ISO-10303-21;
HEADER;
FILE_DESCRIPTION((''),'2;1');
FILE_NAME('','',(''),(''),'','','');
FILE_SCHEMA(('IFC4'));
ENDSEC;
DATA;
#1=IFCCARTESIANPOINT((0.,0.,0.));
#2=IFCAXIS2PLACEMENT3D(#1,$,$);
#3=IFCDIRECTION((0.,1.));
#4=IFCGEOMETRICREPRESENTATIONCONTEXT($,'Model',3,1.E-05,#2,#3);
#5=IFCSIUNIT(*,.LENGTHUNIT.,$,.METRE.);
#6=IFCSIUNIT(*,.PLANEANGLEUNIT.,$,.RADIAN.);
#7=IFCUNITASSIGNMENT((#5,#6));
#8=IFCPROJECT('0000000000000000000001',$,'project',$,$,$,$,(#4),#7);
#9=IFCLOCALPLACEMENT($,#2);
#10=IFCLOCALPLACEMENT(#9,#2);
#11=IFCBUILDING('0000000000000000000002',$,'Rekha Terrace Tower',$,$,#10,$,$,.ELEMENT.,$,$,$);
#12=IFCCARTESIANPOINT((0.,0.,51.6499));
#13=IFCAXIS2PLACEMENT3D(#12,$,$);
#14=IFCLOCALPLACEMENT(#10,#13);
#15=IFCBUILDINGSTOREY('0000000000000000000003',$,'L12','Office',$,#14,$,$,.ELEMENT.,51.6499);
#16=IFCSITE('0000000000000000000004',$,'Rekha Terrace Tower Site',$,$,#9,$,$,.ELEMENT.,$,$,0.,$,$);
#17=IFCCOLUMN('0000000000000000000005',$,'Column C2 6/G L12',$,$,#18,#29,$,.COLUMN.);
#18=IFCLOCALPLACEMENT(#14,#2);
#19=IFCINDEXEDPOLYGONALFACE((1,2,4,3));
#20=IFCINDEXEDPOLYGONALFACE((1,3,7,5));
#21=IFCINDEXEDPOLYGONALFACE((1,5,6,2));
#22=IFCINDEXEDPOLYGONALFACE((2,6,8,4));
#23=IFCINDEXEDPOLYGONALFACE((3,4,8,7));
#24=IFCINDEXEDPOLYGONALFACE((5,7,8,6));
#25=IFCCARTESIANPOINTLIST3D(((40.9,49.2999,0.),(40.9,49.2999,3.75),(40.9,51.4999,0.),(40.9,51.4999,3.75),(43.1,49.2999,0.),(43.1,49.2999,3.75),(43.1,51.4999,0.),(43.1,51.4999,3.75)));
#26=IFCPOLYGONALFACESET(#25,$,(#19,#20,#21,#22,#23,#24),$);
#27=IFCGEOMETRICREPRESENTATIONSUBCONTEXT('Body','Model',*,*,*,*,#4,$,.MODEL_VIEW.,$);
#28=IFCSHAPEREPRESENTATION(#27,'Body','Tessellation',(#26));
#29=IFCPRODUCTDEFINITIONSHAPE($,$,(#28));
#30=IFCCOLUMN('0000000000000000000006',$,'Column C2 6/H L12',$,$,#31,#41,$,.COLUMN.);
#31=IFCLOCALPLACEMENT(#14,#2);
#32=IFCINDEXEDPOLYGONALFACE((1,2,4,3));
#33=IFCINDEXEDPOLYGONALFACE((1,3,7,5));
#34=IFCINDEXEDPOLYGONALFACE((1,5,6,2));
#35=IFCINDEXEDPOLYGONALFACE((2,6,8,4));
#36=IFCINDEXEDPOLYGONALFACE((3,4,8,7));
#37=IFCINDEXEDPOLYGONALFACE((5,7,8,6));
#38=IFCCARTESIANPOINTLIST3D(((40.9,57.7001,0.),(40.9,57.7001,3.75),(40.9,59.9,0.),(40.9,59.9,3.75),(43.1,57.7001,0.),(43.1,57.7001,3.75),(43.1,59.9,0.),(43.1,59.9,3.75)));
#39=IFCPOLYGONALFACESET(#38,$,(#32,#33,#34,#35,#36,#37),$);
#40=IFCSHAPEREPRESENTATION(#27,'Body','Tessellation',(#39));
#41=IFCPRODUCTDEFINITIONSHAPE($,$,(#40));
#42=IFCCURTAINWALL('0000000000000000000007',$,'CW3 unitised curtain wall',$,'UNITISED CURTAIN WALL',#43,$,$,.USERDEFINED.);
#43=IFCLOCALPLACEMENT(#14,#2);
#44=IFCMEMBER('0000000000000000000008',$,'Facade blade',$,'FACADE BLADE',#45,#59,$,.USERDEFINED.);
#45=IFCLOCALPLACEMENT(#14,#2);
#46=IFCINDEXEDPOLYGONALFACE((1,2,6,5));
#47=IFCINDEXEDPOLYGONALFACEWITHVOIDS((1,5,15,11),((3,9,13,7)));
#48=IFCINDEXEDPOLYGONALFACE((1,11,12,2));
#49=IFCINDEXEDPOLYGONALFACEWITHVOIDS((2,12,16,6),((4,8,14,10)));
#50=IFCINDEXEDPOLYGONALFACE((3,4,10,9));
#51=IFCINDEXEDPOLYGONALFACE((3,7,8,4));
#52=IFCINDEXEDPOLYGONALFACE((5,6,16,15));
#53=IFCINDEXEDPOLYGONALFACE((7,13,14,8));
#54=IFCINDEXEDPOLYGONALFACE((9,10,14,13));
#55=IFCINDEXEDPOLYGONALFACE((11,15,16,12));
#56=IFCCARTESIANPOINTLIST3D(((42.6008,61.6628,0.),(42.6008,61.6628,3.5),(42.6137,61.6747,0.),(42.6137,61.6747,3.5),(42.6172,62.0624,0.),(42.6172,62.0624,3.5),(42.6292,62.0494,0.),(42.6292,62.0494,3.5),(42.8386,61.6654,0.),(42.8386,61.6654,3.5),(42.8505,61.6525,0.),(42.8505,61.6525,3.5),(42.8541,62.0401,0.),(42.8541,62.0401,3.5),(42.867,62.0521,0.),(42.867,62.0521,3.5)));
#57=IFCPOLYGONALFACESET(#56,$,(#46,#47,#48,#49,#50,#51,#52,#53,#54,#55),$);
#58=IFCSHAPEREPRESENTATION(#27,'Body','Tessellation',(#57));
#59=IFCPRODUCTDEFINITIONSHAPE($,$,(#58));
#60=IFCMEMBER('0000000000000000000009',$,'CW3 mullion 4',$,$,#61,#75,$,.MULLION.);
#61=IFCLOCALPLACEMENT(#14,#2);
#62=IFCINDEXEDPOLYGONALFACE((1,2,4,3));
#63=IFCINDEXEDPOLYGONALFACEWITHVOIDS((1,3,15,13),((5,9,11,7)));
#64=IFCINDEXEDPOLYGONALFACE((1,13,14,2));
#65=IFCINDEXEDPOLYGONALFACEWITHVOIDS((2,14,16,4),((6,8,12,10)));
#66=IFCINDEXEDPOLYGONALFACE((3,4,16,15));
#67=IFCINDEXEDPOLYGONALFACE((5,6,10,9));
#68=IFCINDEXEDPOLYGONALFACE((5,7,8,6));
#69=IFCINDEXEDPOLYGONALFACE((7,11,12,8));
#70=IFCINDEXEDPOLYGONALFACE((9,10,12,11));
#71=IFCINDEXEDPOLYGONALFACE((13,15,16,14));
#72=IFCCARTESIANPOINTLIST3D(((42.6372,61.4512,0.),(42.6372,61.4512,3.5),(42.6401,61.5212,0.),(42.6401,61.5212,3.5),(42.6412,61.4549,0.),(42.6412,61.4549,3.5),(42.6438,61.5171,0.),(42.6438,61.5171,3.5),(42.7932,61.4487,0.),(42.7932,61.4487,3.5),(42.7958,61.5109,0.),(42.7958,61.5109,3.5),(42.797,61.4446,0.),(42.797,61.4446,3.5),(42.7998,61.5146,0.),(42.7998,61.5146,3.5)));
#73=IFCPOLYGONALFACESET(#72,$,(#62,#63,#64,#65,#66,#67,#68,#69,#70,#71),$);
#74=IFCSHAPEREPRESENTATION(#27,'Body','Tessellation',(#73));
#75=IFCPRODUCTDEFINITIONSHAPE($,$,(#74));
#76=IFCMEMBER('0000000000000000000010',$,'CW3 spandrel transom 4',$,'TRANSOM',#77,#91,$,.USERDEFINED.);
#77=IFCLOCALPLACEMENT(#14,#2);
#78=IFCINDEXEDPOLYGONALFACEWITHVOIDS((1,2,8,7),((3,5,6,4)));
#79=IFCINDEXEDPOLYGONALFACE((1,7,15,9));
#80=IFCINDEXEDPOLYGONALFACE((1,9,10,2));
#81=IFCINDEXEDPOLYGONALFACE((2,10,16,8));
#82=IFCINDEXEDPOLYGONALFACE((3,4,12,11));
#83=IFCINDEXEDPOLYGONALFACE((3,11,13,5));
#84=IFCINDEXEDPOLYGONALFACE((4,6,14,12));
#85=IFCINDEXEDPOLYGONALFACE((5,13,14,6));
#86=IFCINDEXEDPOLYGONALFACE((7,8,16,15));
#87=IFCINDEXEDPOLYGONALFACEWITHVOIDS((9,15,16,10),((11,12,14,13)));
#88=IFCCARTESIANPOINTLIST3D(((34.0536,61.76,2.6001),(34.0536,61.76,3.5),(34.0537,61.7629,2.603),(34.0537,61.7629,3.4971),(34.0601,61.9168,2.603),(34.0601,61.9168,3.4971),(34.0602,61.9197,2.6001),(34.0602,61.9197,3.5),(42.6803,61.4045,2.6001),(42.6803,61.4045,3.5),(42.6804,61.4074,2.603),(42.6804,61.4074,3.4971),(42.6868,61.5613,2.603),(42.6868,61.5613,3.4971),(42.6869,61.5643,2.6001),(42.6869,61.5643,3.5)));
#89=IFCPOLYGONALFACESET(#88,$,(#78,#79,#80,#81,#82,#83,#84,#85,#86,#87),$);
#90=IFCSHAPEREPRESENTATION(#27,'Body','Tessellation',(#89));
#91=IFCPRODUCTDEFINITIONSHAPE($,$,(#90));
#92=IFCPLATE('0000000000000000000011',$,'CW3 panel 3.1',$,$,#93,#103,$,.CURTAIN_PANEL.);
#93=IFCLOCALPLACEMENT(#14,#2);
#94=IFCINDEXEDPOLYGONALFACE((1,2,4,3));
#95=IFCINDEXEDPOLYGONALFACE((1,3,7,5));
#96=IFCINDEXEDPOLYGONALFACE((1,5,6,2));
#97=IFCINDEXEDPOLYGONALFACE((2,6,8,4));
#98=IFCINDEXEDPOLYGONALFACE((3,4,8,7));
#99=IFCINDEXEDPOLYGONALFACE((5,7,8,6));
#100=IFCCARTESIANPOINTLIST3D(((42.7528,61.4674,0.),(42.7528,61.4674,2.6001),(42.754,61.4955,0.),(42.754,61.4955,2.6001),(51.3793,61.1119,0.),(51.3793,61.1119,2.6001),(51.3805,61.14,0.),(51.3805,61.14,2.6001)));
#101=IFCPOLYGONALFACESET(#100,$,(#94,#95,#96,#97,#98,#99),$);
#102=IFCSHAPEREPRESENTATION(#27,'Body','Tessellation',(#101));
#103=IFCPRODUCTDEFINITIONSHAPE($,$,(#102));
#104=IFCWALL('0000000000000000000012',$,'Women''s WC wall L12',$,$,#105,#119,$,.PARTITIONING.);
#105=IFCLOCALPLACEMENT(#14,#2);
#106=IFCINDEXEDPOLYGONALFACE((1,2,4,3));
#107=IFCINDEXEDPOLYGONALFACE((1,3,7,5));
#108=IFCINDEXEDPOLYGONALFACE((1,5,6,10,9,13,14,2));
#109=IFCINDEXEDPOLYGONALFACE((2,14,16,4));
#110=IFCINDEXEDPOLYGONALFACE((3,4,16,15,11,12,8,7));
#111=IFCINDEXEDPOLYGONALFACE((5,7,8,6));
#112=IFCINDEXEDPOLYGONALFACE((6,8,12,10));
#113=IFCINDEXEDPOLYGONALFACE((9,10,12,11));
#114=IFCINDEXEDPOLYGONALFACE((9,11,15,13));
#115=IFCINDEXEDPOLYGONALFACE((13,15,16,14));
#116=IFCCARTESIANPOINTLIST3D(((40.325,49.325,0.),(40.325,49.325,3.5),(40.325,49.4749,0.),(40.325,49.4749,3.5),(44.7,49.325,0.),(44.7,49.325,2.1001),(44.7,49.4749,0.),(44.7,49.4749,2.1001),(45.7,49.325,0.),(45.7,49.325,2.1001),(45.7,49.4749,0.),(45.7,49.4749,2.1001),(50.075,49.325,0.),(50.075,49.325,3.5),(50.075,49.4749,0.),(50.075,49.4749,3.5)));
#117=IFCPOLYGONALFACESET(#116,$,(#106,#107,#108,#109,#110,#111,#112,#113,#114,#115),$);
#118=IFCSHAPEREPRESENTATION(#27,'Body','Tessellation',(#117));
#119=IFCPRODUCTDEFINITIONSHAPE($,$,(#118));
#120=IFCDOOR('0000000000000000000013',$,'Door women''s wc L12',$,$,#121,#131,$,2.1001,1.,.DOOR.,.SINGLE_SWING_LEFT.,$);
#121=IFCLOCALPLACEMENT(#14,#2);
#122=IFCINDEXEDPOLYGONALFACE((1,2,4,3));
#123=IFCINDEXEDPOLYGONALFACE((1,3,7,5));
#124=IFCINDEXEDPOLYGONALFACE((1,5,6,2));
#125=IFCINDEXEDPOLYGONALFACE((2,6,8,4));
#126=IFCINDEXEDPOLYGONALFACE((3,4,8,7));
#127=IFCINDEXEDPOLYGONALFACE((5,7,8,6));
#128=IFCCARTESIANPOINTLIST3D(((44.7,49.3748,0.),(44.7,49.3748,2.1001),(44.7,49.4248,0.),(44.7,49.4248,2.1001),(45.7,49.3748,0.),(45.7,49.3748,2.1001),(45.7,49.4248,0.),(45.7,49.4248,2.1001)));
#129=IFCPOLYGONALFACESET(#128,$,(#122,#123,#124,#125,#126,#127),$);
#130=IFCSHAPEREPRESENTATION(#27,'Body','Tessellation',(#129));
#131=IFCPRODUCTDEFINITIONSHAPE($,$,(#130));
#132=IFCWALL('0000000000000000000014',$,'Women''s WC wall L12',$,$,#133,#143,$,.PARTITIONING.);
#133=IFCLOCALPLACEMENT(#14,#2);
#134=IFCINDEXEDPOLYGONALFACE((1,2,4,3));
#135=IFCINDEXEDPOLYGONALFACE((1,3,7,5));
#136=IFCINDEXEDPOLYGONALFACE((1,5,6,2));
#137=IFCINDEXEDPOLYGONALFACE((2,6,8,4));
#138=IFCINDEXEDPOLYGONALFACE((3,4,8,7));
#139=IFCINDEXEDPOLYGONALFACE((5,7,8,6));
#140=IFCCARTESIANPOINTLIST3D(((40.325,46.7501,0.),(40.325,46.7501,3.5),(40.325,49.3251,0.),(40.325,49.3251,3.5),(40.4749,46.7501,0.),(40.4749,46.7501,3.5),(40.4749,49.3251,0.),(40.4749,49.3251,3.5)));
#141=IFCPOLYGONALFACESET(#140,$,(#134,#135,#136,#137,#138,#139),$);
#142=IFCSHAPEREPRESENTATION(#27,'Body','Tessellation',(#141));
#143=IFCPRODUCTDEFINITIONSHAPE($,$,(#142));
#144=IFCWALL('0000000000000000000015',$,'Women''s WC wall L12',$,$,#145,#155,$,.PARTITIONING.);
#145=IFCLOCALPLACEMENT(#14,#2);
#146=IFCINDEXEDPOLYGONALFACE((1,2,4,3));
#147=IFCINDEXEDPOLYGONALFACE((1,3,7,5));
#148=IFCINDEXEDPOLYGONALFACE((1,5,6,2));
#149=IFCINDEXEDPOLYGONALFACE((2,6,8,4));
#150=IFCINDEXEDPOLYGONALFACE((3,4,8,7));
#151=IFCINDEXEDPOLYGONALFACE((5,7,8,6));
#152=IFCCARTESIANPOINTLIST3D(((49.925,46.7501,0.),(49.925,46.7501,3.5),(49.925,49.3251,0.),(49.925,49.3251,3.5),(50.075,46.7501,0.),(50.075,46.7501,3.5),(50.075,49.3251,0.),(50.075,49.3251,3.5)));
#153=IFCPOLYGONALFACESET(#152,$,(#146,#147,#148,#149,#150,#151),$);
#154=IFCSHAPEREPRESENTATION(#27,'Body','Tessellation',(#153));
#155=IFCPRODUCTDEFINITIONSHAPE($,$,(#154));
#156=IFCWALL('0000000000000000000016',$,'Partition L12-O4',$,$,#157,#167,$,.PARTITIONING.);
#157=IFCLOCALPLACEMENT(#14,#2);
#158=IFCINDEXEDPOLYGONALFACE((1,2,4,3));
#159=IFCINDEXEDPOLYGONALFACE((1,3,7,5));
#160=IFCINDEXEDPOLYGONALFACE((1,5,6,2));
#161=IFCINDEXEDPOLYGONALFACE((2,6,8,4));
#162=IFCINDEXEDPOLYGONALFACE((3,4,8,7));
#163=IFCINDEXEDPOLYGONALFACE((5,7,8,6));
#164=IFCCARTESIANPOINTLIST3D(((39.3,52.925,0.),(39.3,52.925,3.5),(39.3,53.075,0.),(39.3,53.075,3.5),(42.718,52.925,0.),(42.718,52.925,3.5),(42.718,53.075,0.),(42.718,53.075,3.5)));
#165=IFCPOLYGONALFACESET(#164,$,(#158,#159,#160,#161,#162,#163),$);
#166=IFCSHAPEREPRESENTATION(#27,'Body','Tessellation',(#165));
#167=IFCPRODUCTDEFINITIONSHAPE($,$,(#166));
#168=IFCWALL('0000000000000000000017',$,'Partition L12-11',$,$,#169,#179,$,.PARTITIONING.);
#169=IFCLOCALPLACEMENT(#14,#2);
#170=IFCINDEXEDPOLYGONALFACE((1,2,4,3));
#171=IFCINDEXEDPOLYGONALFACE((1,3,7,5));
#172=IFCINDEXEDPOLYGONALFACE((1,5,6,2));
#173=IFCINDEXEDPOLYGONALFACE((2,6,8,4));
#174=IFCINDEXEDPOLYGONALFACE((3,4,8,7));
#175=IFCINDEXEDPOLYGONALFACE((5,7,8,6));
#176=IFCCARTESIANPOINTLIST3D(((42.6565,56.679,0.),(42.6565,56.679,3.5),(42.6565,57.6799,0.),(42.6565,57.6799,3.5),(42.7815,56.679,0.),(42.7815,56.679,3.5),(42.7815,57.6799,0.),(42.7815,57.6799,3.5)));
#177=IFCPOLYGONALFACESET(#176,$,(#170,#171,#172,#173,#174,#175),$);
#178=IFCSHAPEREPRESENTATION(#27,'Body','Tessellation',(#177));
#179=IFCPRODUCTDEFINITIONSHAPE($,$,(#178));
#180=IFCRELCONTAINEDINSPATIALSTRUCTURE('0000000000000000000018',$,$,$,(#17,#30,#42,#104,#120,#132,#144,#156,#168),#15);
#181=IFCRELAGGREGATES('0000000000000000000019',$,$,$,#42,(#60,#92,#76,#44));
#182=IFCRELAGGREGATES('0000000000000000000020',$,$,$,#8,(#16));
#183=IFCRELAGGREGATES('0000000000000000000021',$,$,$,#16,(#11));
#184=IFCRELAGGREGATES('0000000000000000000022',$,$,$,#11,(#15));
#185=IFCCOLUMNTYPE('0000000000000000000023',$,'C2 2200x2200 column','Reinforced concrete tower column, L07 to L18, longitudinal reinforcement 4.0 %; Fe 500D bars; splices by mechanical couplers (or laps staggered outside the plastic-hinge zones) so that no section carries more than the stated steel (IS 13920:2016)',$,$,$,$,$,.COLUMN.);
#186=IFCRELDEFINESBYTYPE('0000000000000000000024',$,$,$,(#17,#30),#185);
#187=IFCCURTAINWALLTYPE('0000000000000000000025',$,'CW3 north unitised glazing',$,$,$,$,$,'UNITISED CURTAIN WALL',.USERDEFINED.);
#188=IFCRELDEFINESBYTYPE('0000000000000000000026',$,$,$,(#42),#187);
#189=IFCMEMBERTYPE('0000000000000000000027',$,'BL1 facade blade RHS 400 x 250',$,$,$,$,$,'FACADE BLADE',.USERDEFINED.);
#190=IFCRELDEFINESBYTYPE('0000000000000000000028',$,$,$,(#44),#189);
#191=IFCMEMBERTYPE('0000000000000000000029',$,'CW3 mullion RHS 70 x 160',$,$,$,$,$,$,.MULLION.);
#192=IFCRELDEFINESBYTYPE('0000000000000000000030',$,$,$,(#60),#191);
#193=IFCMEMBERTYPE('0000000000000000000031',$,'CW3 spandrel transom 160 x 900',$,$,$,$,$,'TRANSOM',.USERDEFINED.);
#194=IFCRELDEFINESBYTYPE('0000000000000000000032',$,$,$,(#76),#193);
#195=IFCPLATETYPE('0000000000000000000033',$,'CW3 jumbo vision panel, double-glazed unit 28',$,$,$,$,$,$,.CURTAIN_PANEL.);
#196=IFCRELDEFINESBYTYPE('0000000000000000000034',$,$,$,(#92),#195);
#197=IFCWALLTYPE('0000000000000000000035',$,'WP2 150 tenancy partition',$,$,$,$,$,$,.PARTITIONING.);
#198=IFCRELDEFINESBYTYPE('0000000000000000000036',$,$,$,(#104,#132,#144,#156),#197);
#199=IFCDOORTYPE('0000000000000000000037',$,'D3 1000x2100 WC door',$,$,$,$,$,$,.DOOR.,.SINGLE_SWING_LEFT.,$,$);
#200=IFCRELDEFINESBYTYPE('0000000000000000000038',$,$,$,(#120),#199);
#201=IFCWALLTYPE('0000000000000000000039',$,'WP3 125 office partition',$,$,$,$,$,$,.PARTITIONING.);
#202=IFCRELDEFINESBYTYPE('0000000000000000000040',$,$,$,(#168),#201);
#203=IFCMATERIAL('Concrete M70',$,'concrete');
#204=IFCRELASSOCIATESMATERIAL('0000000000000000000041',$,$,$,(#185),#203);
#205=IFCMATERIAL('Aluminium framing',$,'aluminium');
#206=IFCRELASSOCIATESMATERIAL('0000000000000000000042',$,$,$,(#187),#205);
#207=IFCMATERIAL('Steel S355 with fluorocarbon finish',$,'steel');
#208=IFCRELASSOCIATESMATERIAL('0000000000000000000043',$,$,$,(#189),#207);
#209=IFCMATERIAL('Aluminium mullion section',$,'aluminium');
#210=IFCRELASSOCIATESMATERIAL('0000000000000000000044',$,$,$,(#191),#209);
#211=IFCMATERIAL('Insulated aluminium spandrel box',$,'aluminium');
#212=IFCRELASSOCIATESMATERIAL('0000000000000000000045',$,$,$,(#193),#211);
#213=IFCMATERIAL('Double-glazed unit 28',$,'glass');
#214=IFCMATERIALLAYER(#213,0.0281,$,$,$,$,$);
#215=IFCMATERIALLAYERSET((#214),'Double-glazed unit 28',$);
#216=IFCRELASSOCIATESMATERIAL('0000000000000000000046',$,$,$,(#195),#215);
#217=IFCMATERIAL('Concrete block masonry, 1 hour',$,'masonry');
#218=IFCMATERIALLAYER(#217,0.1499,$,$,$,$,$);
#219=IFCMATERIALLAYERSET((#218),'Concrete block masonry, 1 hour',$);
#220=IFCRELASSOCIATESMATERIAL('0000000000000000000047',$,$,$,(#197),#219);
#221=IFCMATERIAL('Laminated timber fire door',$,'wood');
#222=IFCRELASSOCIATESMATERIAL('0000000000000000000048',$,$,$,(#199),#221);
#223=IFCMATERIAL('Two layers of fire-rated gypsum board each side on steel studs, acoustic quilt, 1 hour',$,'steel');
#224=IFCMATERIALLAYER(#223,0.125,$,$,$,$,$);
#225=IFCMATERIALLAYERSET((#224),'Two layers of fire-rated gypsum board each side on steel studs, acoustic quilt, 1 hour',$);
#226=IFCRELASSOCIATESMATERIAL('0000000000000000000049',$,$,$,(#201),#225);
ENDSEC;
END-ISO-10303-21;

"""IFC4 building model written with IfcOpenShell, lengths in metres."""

from ifc_helpers import new_model, si_unit, direction, frame, frame_2d, origin, origin_2d, place, context, subcontext, project, spatial, rectangle, hollow_rectangle, extrude, material, layer, layer_set, material_profile, profile_set, type_object, element, fill, aggregate, save


model = new_model("IFC4")

# Units and contexts
model_context = context("Model", 3, precision=1e-05, world=origin(), true_north=direction((0.0, 1.0)))
body_context = subcontext(model_context, "Body", "Model", "MODEL_VIEW")
ifc_project = project(units=[si_unit("LENGTHUNIT", "METRE"), si_unit("PLANEANGLEUNIT", "RADIAN")], contexts=[model_context])

# Site, building, storey
site_placement = place(None, origin())
site = spatial("IfcSite", under=ifc_project, at=site_placement, Name="Rekha Terrace Tower Site", CompositionType="ELEMENT", RefElevation=0.0)
building_placement = place(site_placement, origin())
building = spatial("IfcBuilding", under=site, at=building_placement, Name="Rekha Terrace Tower", CompositionType="ELEMENT")
storey_placement = place(building_placement, frame((0.0, 0.0, 51.6499)))
storey = spatial("IfcBuildingStorey", under=building, at=storey_placement, Name="L12", Description="Office", CompositionType="ELEMENT", Elevation=51.6499)

# Columns
ifc_material_1 = material(Name="Concrete M70", Category="concrete")
ifc_material_profile_1 = material_profile(ifc_material_1, rectangle(XDim=2.2, YDim=2.2, at=origin_2d()), Name="RC 2200x2200")
ifc_profile_set_1 = profile_set([ifc_material_profile_1], Name="Concrete M70")
column_type = type_object("IfcColumnType", Name="C2 2200x2200 column", Description="Reinforced concrete tower column, L07 to L18, longitudinal reinforcement 4.0 %; Fe 500D bars; splices by mechanical couplers (or laps staggered outside the plastic-hinge zones) so that no section carries more than the stated steel (IS 13920:2016)", PredefinedType="COLUMN", material=ifc_profile_set_1)
for number, where, z_axis, x_axis, name in (
    (1, (42.0, 50.3999, 0.0), (0.0, 0.0, 1.0), (1.0, 0.0, 0.0), "Column C2 6/G L12"),
    (2, (42.0, 58.8, 0.0), (0.0, 0.0, 1.0), (1.0, 0.0, 0.0), "Column C2 6/H L12"),
):
    element("IfcColumn", number, at=place(storey_placement, frame(where, z_axis=z_axis, x_axis=x_axis)), inside=storey, type_object=column_type, Name=name, PredefinedType="COLUMN", context=body_context, shape_type="SweptSolid", body=[
        extrude(rectangle(XDim=2.2, YDim=2.2, at=origin_2d()), origin(), (0.0, 0.0, 1.0), 3.75),
    ])

# Curtain wall, members, plate
ifc_material_2 = material(Name="Aluminium framing", Category="aluminium")
curtain_wall_type = type_object("IfcCurtainWallType", Name="CW3 north unitised glazing", ElementType="UNITISED CURTAIN WALL", PredefinedType="USERDEFINED", material=ifc_material_2)
curtain_wall_placement = place(storey_placement, origin())
curtain_wall = element("IfcCurtainWall", 3, at=curtain_wall_placement, inside=storey, type_object=curtain_wall_type, Name="CW3 unitised curtain wall", ObjectType="UNITISED CURTAIN WALL", PredefinedType="USERDEFINED")
ifc_material_3 = material(Name="Steel S355 with fluorocarbon finish", Category="steel")
ifc_material_profile_2 = material_profile(ifc_material_3, hollow_rectangle(XDim=0.25, YDim=0.3999, WallThickness=0.0125, at=origin_2d()), Name="RHS400x250x12.5")
ifc_profile_set_2 = profile_set([ifc_material_profile_2], Name="Steel S355 with fluorocarbon finish")
member_type_1 = type_object("IfcMemberType", Name="BL1 facade blade RHS 400 x 250", ElementType="FACADE BLADE", PredefinedType="USERDEFINED", material=ifc_profile_set_2)
member_1_placement = place(storey_placement, frame((42.7339, 61.8574, 0.0), z_axis=(0.0, 0.0, 1.0), x_axis=(-0.999152, 0.041175, 0.0)))
member_1 = element("IfcMember", 4, at=member_1_placement, type_object=member_type_1, Name="Facade blade", ObjectType="FACADE BLADE", PredefinedType="USERDEFINED", context=body_context, shape_type="SweptSolid", body=[
    extrude(hollow_rectangle(XDim=0.25, YDim=0.3999, WallThickness=0.0125, at=origin_2d()), origin(), (0.0, 0.0, 1.0), 3.5),
])
ifc_material_4 = material(Name="Aluminium mullion section", Category="aluminium")
ifc_material_profile_3 = material_profile(ifc_material_4, hollow_rectangle(XDim=0.0701, YDim=0.1599, WallThickness=0.0039, at=origin_2d()), Name="AL RHS 70x160")
ifc_profile_set_3 = profile_set([ifc_material_profile_3], Name="Aluminium mullion section")
member_type_2 = type_object("IfcMemberType", Name="CW3 mullion RHS 70 x 160", PredefinedType="MULLION", material=ifc_profile_set_3)
member_2_placement = place(storey_placement, frame((42.7185, 61.4829, 0.0), z_axis=(0.0, 0.0, 1.0), x_axis=(-0.041174, -0.999152, 0.0)))
member_2 = element("IfcMember", 5, at=member_2_placement, type_object=member_type_2, Name="CW3 mullion 4", PredefinedType="MULLION", context=body_context, shape_type="SweptSolid", body=[
    extrude(hollow_rectangle(XDim=0.0701, YDim=0.1599, WallThickness=0.0039, at=origin_2d()), origin(), (0.0, 0.0, 1.0), 3.5),
])
ifc_material_5 = material(Name="Insulated aluminium spandrel box", Category="aluminium")
ifc_material_profile_4 = material_profile(ifc_material_5, hollow_rectangle(XDim=0.1599, YDim=0.8999, WallThickness=0.0029, at=origin_2d()), Name="AL SPANDREL BOX 160x900")
ifc_profile_set_4 = profile_set([ifc_material_profile_4], Name="Insulated aluminium spandrel box")
member_type_3 = type_object("IfcMemberType", Name="CW3 spandrel transom 160 x 900", ElementType="TRANSOM", PredefinedType="USERDEFINED", material=ifc_profile_set_4)
member_3_placement = place(storey_placement, frame((42.6836, 61.4844, 3.05), z_axis=(-0.999152, 0.041171, 0.0), x_axis=(-0.041171, -0.999152, 0.0)))
member_3 = element("IfcMember", 6, at=member_3_placement, type_object=member_type_3, Name="CW3 spandrel transom 4", ObjectType="TRANSOM", PredefinedType="USERDEFINED", context=body_context, shape_type="SweptSolid", body=[
    extrude(hollow_rectangle(XDim=0.1599, YDim=0.8999, WallThickness=0.0029, at=origin_2d()), origin(), (0.0, 0.0, 1.0), 8.634),
])
ifc_material_6 = material(Name="Double-glazed unit 28", Category="glass")
ifc_layer_1 = layer(ifc_material_6, 0.0281)
ifc_layer_set_1 = layer_set([ifc_layer_1], Name="Double-glazed unit 28")
plate_type = type_object("IfcPlateType", Name="CW3 jumbo vision panel, double-glazed unit 28", PredefinedType="CURTAIN_PANEL", material=ifc_layer_set_1)
plate_placement = place(storey_placement, frame((47.0667, 61.3037, 0.0), z_axis=(0.0, 0.0, 1.0), x_axis=(-0.999152, 0.041174, 0.0)))
plate = element("IfcPlate", 7, at=plate_placement, type_object=plate_type, Name="CW3 panel 3.1", PredefinedType="CURTAIN_PANEL", context=body_context, shape_type="SweptSolid", body=[
    extrude(rectangle(XDim=8.6338, YDim=0.0281, at=origin_2d()), origin(), (0.0, 0.0, 1.0), 2.6001),
])
aggregate(curtain_wall, [member_2, plate, member_3, member_1])

# Wall, opening, door
ifc_material_7 = material(Name="Concrete block masonry, 1 hour", Category="masonry")
ifc_layer_2 = layer(ifc_material_7, 0.1499)
ifc_layer_set_2 = layer_set([ifc_layer_2], Name="Concrete block masonry, 1 hour")
wall_type_1 = type_object("IfcWallType", Name="WP2 150 tenancy partition", PredefinedType="PARTITIONING", material=ifc_layer_set_2)
wall_1_placement = place(storey_placement, frame((40.325, 49.3999, 0.0), z_axis=(0.0, 0.0, 1.0), x_axis=(1.0, 0.0, 0.0)))
wall_1 = element("IfcWall", 8, at=wall_1_placement, inside=storey, type_object=wall_type_1, Name="Women's WC wall L12", PredefinedType="PARTITIONING", context=body_context, shape_type="SweptSolid", body=[
    extrude(rectangle(XDim=9.75, YDim=0.1499, at=frame_2d((4.875, 0.0))), origin(), (0.0, 0.0, 1.0), 3.5),
])
opening_1_placement = place(wall_1_placement, frame((4.375, 0.0, 0.0)))
opening_1 = element("IfcOpeningElement", 9, at=opening_1_placement, cuts=wall_1, PredefinedType="OPENING", context=body_context, shape_type="SweptSolid", body=[
    extrude(rectangle(XDim=1.0, YDim=2.1001, at=frame_2d((0.5, 1.05))), frame((0.0, 0.085, 0.0), z_axis=(0.0, -1.0, 0.0), x_axis=(1.0, 0.0, 0.0)), (0.0, 0.0, 1.0), 0.1699),
])
ifc_material_8 = material(Name="Laminated timber fire door", Category="wood")
door_type_1 = type_object("IfcDoorType", Name="D3 1000x2100 WC door", OperationType="SINGLE_SWING_LEFT", PredefinedType="DOOR", material=ifc_material_8)
door_1_placement = place(opening_1_placement, origin())
door_1 = element("IfcDoor", 10, at=door_1_placement, inside=storey, type_object=door_type_1, Name="Door women's wc L12", OperationType="SINGLE_SWING_LEFT", OverallHeight=2.1001, OverallWidth=1.0, PredefinedType="DOOR", context=body_context, shape_type="SweptSolid", body=[
    extrude(rectangle(XDim=1.0, YDim=2.1001, at=frame_2d((0.5, 1.05))), frame((0.0, 0.0249, 0.0), z_axis=(0.0, -1.0, 0.0), x_axis=(1.0, 0.0, 0.0)), (0.0, 0.0, 1.0), 0.05),
])
fill(opening_1, door_1)

# Walls
for number, where, z_axis, x_axis, name in (
    (11, (40.3999, 46.75, 0.0), (0.0, 0.0, 1.0), (0.0, 1.0, 0.0), "Women's WC wall L12"),
    (12, (50.0, 46.75, 0.0), (0.0, 0.0, 1.0), (0.0, 1.0, 0.0), "Women's WC wall L12"),
):
    element("IfcWall", number, at=place(storey_placement, frame(where, z_axis=z_axis, x_axis=x_axis)), inside=storey, type_object=wall_type_1, Name=name, PredefinedType="PARTITIONING", context=body_context, shape_type="SweptSolid", body=[
        extrude(rectangle(XDim=2.575, YDim=0.1499, at=frame_2d((1.2876, 0.0))), origin(), (0.0, 0.0, 1.0), 3.5),
    ])
wall_2_placement = place(storey_placement, frame((42.718, 53.0, 0.0), z_axis=(0.0, 0.0, 1.0), x_axis=(-1.0, 0.0, 0.0)))
element("IfcWall", 13, at=wall_2_placement, inside=storey, type_object=wall_type_1, Name="Partition L12-O4", PredefinedType="PARTITIONING", context=body_context, shape_type="SweptSolid", body=[
    extrude(rectangle(XDim=3.418, YDim=0.1499, at=frame_2d((1.709, 0.0))), origin(), (0.0, 0.0, 1.0), 3.5),
])
ifc_material_9 = material(Name="Two layers of fire-rated gypsum board each side on steel studs, acoustic quilt, 1 hour", Category="steel")
ifc_layer_3 = layer(ifc_material_9, 0.125)
ifc_layer_set_3 = layer_set([ifc_layer_3], Name="Two layers of fire-rated gypsum board each side on steel studs, acoustic quilt, 1 hour")
wall_type_2 = type_object("IfcWallType", Name="WP3 125 office partition", PredefinedType="PARTITIONING", material=ifc_layer_set_3)
wall_3_placement = place(storey_placement, frame((42.719, 56.679, 0.0), z_axis=(0.0, 0.0, 1.0), x_axis=(0.0, 1.0, 0.0)))
element("IfcWall", 14, at=wall_3_placement, inside=storey, type_object=wall_type_2, Name="Partition L12-11", PredefinedType="PARTITIONING", context=body_context, shape_type="SweptSolid", body=[
    extrude(rectangle(XDim=1.001, YDim=0.125, at=frame_2d((0.5005, 0.0))), origin(), (0.0, 0.0, 1.0), 3.5),
])

save(model, "model.ifc")
